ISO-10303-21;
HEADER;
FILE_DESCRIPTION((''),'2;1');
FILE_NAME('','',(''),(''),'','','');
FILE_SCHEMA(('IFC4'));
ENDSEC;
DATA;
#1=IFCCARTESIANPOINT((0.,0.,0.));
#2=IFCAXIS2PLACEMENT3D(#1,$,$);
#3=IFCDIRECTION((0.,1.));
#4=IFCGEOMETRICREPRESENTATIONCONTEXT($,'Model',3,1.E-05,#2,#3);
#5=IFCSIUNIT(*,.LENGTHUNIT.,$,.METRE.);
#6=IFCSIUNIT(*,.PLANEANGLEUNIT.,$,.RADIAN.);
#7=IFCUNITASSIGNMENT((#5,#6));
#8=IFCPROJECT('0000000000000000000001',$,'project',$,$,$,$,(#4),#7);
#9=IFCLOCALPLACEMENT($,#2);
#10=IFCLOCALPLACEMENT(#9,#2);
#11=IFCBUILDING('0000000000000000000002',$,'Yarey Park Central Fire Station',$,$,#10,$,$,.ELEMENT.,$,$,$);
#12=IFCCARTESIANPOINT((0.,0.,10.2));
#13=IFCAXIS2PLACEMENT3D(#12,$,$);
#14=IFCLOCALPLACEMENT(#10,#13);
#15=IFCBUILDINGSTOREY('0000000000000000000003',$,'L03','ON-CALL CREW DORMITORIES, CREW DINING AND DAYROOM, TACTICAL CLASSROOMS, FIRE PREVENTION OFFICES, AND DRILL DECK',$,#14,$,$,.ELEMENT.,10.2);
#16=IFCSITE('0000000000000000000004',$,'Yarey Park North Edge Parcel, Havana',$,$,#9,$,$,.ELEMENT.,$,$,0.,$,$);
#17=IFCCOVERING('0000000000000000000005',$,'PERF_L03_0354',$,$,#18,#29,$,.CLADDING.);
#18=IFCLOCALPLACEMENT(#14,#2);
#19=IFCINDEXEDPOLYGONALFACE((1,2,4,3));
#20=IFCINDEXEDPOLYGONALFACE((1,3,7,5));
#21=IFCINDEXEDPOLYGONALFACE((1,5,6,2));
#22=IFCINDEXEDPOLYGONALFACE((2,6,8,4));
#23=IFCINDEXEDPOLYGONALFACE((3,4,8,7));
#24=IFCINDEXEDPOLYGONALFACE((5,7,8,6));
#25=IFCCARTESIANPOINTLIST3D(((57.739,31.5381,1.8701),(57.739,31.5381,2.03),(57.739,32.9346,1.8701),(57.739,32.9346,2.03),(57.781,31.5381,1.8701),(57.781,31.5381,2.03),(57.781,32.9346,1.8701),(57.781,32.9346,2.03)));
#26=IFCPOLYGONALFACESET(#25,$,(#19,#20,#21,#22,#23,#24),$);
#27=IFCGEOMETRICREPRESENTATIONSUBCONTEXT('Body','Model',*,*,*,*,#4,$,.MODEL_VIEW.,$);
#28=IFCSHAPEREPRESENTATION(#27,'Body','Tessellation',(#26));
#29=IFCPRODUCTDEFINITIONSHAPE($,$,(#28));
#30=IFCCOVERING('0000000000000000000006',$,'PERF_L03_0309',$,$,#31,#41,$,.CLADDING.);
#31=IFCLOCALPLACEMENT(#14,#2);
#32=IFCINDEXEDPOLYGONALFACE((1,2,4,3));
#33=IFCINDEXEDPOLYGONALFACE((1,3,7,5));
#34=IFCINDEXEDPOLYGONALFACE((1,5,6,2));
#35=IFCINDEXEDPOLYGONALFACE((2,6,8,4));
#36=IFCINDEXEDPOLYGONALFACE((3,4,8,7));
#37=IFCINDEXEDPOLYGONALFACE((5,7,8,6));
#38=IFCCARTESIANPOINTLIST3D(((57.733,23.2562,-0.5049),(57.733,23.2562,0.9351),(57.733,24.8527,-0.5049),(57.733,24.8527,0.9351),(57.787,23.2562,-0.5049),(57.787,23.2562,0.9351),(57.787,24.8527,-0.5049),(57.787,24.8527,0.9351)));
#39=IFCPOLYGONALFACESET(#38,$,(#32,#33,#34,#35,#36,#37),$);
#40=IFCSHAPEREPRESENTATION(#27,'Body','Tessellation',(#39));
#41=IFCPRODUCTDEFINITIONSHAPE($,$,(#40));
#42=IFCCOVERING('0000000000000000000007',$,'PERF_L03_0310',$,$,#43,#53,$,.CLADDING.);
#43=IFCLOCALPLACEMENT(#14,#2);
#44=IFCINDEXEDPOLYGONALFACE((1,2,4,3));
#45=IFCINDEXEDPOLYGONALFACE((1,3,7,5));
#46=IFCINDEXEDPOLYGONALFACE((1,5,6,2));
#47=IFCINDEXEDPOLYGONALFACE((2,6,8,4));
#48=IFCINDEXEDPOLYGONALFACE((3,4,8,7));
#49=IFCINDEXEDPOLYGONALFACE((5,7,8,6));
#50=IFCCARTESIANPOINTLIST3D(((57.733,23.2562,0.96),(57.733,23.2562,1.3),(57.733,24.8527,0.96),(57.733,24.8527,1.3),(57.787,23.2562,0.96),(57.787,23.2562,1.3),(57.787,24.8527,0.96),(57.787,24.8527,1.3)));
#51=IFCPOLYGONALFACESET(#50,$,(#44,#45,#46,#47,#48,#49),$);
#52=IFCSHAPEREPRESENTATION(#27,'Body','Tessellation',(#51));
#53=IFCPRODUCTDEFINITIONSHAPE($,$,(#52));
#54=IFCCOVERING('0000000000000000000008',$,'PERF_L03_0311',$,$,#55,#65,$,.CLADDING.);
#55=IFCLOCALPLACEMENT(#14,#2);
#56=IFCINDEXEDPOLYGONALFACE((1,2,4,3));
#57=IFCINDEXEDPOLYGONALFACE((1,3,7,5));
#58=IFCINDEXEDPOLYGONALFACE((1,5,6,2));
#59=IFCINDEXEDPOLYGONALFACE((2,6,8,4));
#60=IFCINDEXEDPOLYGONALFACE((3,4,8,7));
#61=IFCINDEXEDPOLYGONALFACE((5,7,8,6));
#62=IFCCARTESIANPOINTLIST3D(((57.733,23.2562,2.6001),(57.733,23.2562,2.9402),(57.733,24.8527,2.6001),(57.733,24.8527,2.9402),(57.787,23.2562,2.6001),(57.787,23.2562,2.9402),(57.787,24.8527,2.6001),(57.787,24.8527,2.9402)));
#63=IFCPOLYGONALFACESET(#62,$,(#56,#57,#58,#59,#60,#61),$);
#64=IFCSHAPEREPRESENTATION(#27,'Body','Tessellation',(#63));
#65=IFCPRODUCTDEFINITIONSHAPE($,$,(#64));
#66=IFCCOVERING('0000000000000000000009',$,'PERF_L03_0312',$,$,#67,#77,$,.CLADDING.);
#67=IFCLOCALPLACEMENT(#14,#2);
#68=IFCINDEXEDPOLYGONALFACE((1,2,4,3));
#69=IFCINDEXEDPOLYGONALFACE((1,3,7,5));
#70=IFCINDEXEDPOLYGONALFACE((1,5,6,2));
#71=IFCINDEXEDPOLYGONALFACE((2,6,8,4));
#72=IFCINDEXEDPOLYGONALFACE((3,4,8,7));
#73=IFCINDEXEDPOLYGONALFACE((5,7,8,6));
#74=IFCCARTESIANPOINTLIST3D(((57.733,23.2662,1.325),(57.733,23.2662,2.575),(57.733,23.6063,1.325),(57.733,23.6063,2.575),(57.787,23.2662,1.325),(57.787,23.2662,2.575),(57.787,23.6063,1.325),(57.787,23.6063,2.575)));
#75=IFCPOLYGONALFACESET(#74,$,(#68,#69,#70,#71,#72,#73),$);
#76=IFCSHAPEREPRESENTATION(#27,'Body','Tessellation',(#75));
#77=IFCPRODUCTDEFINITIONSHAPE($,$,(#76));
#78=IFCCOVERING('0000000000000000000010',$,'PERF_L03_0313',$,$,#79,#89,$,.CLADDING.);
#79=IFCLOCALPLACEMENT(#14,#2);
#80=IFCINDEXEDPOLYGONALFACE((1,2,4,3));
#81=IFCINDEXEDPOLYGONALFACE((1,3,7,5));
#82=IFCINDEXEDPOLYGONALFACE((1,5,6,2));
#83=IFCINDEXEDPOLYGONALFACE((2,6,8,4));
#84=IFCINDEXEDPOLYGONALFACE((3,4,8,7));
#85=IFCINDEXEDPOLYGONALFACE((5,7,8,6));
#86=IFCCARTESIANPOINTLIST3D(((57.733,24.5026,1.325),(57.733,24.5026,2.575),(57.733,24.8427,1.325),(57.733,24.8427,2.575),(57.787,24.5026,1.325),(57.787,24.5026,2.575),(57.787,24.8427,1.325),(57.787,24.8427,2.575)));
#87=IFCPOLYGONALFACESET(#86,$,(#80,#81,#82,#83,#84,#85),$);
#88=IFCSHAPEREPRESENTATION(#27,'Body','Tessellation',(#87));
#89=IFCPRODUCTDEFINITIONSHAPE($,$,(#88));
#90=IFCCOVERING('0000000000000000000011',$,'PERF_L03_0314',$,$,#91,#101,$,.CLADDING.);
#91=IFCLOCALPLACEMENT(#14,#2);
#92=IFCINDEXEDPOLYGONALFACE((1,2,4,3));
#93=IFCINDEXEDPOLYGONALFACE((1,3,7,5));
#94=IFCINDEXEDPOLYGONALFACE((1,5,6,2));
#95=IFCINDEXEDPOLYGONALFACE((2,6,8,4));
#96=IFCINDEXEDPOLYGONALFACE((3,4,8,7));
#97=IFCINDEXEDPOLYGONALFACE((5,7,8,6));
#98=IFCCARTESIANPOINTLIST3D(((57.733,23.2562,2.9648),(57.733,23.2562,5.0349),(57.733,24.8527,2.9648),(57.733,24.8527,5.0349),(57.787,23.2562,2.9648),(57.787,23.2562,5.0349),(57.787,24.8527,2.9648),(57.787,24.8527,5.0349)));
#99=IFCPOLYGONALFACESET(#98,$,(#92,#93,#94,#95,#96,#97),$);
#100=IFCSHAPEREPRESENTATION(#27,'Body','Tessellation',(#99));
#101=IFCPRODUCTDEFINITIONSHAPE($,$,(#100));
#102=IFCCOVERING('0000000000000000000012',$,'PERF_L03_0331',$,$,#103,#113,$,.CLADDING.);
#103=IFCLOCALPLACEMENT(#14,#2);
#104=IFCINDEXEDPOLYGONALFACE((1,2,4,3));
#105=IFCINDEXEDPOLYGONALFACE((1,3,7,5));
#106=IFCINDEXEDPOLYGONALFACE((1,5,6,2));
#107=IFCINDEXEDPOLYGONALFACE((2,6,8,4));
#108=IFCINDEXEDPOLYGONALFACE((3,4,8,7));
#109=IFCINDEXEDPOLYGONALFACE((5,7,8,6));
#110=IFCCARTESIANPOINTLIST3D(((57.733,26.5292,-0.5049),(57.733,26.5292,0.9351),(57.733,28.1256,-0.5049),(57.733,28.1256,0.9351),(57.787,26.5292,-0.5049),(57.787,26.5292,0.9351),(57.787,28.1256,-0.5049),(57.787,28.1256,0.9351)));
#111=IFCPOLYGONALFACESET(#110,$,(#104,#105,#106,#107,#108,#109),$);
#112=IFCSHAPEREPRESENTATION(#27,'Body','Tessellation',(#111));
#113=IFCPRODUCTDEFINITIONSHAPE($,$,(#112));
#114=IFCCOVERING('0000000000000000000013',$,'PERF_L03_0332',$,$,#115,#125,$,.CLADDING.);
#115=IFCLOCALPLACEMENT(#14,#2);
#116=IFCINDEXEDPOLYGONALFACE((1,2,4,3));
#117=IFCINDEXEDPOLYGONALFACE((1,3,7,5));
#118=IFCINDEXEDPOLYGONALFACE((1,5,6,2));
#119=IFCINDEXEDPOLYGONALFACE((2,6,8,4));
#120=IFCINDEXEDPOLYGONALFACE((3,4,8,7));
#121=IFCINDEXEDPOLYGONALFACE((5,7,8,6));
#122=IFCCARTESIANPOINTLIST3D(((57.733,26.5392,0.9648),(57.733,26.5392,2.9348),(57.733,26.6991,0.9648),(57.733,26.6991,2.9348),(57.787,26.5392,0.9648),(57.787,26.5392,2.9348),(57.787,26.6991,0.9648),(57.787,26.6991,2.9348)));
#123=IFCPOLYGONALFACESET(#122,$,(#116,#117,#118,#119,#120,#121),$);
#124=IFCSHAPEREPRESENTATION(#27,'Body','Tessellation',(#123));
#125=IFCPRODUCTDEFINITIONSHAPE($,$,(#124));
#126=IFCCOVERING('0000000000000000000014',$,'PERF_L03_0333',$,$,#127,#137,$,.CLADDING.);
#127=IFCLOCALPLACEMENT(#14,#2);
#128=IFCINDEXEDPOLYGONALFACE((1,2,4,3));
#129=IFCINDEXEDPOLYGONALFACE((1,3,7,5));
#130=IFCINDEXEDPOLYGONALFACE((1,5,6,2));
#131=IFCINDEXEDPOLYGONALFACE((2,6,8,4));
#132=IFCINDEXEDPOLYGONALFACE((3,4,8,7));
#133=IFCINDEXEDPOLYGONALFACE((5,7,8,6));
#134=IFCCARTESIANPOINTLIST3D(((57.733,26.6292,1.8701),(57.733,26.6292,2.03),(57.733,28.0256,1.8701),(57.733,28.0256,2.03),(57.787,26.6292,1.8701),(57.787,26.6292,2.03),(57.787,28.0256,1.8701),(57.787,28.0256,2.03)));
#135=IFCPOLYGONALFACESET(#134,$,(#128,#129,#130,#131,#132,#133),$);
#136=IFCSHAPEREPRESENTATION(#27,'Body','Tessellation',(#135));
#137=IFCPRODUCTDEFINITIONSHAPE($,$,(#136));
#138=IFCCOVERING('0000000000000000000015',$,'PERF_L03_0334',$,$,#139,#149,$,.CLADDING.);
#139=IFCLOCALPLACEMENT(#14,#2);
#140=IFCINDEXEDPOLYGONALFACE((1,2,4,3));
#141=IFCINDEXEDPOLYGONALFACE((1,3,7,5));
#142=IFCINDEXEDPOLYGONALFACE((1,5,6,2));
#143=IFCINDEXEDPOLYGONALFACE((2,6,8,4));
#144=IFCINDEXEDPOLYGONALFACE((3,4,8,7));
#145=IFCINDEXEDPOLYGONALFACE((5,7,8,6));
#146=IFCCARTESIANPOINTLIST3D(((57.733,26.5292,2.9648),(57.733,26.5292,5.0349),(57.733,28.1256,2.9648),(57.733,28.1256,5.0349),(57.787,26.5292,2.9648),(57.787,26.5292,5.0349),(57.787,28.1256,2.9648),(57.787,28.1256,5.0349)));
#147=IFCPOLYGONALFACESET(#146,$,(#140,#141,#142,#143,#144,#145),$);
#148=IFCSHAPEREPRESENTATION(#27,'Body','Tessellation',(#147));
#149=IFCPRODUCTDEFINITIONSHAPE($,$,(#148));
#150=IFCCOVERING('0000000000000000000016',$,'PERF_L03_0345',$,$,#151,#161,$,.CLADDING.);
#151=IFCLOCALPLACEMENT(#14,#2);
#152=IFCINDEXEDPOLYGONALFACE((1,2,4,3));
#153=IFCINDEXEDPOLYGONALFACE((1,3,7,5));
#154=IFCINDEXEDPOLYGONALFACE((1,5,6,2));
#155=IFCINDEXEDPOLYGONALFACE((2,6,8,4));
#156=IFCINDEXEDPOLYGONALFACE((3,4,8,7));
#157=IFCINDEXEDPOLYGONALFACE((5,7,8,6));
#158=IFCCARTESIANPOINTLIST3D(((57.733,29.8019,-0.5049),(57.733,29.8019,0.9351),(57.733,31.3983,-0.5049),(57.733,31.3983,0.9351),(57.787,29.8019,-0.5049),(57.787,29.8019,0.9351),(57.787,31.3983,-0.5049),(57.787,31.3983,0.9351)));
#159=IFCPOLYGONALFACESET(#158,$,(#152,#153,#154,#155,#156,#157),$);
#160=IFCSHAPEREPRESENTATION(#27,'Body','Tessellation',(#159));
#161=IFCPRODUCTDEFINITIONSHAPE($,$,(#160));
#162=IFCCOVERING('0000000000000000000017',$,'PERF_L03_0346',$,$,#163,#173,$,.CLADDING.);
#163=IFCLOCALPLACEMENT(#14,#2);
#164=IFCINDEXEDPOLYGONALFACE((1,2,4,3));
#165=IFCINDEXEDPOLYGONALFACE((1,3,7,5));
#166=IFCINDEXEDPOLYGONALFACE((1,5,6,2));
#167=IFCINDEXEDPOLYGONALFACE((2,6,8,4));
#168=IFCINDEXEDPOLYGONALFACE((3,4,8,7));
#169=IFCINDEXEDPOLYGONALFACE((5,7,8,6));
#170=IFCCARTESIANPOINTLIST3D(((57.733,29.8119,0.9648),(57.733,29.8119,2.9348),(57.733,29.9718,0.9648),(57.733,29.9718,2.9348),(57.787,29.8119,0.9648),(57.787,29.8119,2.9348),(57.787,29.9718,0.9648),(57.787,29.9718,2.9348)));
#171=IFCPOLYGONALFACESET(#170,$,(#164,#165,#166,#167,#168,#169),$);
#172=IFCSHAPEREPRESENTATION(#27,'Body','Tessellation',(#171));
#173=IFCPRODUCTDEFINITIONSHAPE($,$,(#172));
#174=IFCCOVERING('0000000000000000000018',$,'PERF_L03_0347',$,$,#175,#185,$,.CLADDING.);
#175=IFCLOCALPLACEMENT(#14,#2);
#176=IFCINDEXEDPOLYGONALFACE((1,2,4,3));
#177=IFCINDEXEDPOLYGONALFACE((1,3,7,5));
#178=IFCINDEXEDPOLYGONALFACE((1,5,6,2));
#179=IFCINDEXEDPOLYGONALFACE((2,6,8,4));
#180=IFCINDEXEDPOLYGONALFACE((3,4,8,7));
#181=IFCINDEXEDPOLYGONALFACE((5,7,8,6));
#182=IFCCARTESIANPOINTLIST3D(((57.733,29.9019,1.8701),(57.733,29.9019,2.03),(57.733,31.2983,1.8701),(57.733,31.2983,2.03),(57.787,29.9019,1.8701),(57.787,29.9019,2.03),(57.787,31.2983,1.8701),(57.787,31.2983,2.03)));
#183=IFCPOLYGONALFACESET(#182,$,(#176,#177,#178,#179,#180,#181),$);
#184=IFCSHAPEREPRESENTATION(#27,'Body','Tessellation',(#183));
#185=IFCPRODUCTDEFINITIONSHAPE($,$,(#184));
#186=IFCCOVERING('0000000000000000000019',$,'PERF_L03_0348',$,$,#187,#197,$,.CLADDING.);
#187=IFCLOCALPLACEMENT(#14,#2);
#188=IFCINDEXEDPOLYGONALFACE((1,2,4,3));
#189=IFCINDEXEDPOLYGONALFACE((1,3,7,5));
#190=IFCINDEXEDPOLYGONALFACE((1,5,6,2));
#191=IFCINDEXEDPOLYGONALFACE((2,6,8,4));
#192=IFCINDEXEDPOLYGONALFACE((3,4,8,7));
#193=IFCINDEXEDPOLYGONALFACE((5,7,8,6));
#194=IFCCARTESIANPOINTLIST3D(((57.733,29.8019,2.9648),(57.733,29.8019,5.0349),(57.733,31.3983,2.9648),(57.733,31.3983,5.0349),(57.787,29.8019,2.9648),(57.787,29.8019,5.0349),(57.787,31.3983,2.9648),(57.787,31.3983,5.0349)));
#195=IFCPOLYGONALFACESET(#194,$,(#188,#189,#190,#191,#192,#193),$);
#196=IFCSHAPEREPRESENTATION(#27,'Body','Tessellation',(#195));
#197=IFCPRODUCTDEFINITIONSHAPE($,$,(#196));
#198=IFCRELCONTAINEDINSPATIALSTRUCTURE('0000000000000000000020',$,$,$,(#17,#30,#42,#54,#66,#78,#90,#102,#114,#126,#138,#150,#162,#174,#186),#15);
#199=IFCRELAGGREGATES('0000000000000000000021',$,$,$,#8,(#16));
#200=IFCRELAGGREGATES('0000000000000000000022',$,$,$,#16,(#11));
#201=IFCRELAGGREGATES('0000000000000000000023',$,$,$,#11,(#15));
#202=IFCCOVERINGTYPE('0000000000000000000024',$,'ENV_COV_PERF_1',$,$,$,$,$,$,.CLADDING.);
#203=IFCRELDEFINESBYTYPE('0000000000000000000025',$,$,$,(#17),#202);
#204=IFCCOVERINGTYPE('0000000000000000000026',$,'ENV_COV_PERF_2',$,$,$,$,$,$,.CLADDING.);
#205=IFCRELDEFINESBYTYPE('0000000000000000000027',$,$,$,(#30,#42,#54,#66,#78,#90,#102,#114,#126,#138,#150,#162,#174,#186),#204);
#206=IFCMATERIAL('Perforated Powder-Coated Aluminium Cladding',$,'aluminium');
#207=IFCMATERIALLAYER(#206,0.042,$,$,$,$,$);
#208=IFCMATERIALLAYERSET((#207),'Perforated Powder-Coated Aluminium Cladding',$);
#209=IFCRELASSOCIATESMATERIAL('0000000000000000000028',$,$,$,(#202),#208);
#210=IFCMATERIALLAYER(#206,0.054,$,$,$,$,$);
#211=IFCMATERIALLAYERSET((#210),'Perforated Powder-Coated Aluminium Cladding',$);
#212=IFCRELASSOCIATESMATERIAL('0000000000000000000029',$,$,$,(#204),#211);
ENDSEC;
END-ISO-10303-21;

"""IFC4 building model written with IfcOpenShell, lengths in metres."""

from ifc_helpers import new_model, si_unit, direction, frame, origin, origin_2d, place, context, subcontext, project, spatial, rectangle, extrude, material, layer, layer_set, type_object, element, save


model = new_model("IFC4")

# Units and contexts
model_context = context("Model", 3, precision=1e-05, world=origin(), true_north=direction((0.0, 1.0)))
body_context = subcontext(model_context, "Body", "Model", "MODEL_VIEW")
ifc_project = project(units=[si_unit("LENGTHUNIT", "METRE"), si_unit("PLANEANGLEUNIT", "RADIAN")], contexts=[model_context])

# Site, building, storey
site_placement = place(None, origin())
site = spatial("IfcSite", under=ifc_project, at=site_placement, Name="Yarey Park North Edge Parcel, Havana", CompositionType="ELEMENT", RefElevation=0.0)
building_placement = place(site_placement, origin())
building = spatial("IfcBuilding", under=site, at=building_placement, Name="Yarey Park Central Fire Station", CompositionType="ELEMENT")
storey_placement = place(building_placement, frame((0.0, 0.0, 10.2)))
storey = spatial("IfcBuildingStorey", under=building, at=storey_placement, Name="L03", Description="ON-CALL CREW DORMITORIES, CREW DINING AND DAYROOM, TACTICAL CLASSROOMS, FIRE PREVENTION OFFICES, AND DRILL DECK", CompositionType="ELEMENT", Elevation=10.2)

# Coverings
ifc_material = material(Name="Perforated Powder-Coated Aluminium Cladding", Category="aluminium")
ifc_layer_1 = layer(ifc_material, 0.042)
ifc_layer_set_1 = layer_set([ifc_layer_1], Name="Perforated Powder-Coated Aluminium Cladding")
covering_type_1 = type_object("IfcCoveringType", Name="ENV_COV_PERF_1", PredefinedType="CLADDING", material=ifc_layer_set_1)
covering_1_placement = place(storey_placement, frame((57.76, 32.2363, 1.8701), z_axis=(0.0, 0.0, 1.0), x_axis=(0.0, 1.0, 0.0)))
element("IfcCovering", 1, at=covering_1_placement, inside=storey, type_object=covering_type_1, Name="PERF_L03_0354", PredefinedType="CLADDING", context=body_context, shape_type="SweptSolid", body=[
    extrude(rectangle(XDim=1.3965, YDim=0.042, at=origin_2d()), origin(), (0.0, 0.0, 1.0), 0.1599),
])
ifc_layer_2 = layer(ifc_material, 0.054)
ifc_layer_set_2 = layer_set([ifc_layer_2], Name="Perforated Powder-Coated Aluminium Cladding")
covering_type_2 = type_object("IfcCoveringType", Name="ENV_COV_PERF_2", PredefinedType="CLADDING", material=ifc_layer_set_2)
covering_2_placement = place(storey_placement, frame((57.76, 24.0544, -0.5049), z_axis=(0.0, 0.0, 1.0), x_axis=(0.0, 1.0, 0.0)))
element("IfcCovering", 2, at=covering_2_placement, inside=storey, type_object=covering_type_2, Name="PERF_L03_0309", PredefinedType="CLADDING", context=body_context, shape_type="SweptSolid", body=[
    extrude(rectangle(XDim=1.5964, YDim=0.054, at=origin_2d()), origin(), (0.0, 0.0, 1.0), 1.4399),
])
for number, where, z_axis, x_axis, name in (
    (3, (57.76, 24.0544, 0.96), (0.0, 0.0, 1.0), (0.0, 1.0, 0.0), "PERF_L03_0310"),
    (4, (57.76, 24.0544, 2.6001), (0.0, 0.0, 1.0), (0.0, 1.0, 0.0), "PERF_L03_0311"),
):
    element("IfcCovering", number, at=place(storey_placement, frame(where, z_axis=z_axis, x_axis=x_axis)), inside=storey, type_object=covering_type_2, Name=name, PredefinedType="CLADDING", context=body_context, shape_type="SweptSolid", body=[
        extrude(rectangle(XDim=1.5964, YDim=0.054, at=origin_2d()), origin(), (0.0, 0.0, 1.0), 0.3401),
    ])
for number, where, z_axis, x_axis, name in (
    (5, (57.76, 23.4363, 1.325), (0.0, 0.0, 1.0), (0.0, 1.0, 0.0), "PERF_L03_0312"),
    (6, (57.76, 24.6726, 1.325), (0.0, 0.0, 1.0), (0.0, 1.0, 0.0), "PERF_L03_0313"),
):
    element("IfcCovering", number, at=place(storey_placement, frame(where, z_axis=z_axis, x_axis=x_axis)), inside=storey, type_object=covering_type_2, Name=name, PredefinedType="CLADDING", context=body_context, shape_type="SweptSolid", body=[
        extrude(rectangle(XDim=0.3401, YDim=0.054, at=origin_2d()), origin(), (0.0, 0.0, 1.0), 1.25),
    ])
covering_3_placement = place(storey_placement, frame((57.76, 24.0544, 2.9648), z_axis=(0.0, 0.0, 1.0), x_axis=(0.0, 1.0, 0.0)))
element("IfcCovering", 7, at=covering_3_placement, inside=storey, type_object=covering_type_2, Name="PERF_L03_0314", PredefinedType="CLADDING", context=body_context, shape_type="SweptSolid", body=[
    extrude(rectangle(XDim=1.5964, YDim=0.054, at=origin_2d()), origin(), (0.0, 0.0, 1.0), 2.0701),
])
covering_4_placement = place(storey_placement, frame((57.76, 27.3274, -0.5049), z_axis=(0.0, 0.0, 1.0), x_axis=(0.0, 1.0, 0.0)))
element("IfcCovering", 8, at=covering_4_placement, inside=storey, type_object=covering_type_2, Name="PERF_L03_0331", PredefinedType="CLADDING", context=body_context, shape_type="SweptSolid", body=[
    extrude(rectangle(XDim=1.5964, YDim=0.054, at=origin_2d()), origin(), (0.0, 0.0, 1.0), 1.4399),
])
covering_5_placement = place(storey_placement, frame((57.76, 26.6191, 0.9648), z_axis=(0.0, 0.0, 1.0), x_axis=(0.0, 1.0, 0.0)))
element("IfcCovering", 9, at=covering_5_placement, inside=storey, type_object=covering_type_2, Name="PERF_L03_0332", PredefinedType="CLADDING", context=body_context, shape_type="SweptSolid", body=[
    extrude(rectangle(XDim=0.1599, YDim=0.054, at=origin_2d()), origin(), (0.0, 0.0, 1.0), 1.97),
])
covering_6_placement = place(storey_placement, frame((57.76, 27.3274, 1.8701), z_axis=(0.0, 0.0, 1.0), x_axis=(0.0, 1.0, 0.0)))
element("IfcCovering", 10, at=covering_6_placement, inside=storey, type_object=covering_type_2, Name="PERF_L03_0333", PredefinedType="CLADDING", context=body_context, shape_type="SweptSolid", body=[
    extrude(rectangle(XDim=1.3965, YDim=0.054, at=origin_2d()), origin(), (0.0, 0.0, 1.0), 0.1599),
])
covering_7_placement = place(storey_placement, frame((57.76, 27.3274, 2.9648), z_axis=(0.0, 0.0, 1.0), x_axis=(0.0, 1.0, 0.0)))
element("IfcCovering", 11, at=covering_7_placement, inside=storey, type_object=covering_type_2, Name="PERF_L03_0334", PredefinedType="CLADDING", context=body_context, shape_type="SweptSolid", body=[
    extrude(rectangle(XDim=1.5964, YDim=0.054, at=origin_2d()), origin(), (0.0, 0.0, 1.0), 2.0701),
])
covering_8_placement = place(storey_placement, frame((57.76, 30.6001, -0.5049), z_axis=(0.0, 0.0, 1.0), x_axis=(0.0, 1.0, 0.0)))
element("IfcCovering", 12, at=covering_8_placement, inside=storey, type_object=covering_type_2, Name="PERF_L03_0345", PredefinedType="CLADDING", context=body_context, shape_type="SweptSolid", body=[
    extrude(rectangle(XDim=1.5964, YDim=0.054, at=origin_2d()), origin(), (0.0, 0.0, 1.0), 1.4399),
])
covering_9_placement = place(storey_placement, frame((57.76, 29.8918, 0.9648), z_axis=(0.0, 0.0, 1.0), x_axis=(0.0, 1.0, 0.0)))
element("IfcCovering", 13, at=covering_9_placement, inside=storey, type_object=covering_type_2, Name="PERF_L03_0346", PredefinedType="CLADDING", context=body_context, shape_type="SweptSolid", body=[
    extrude(rectangle(XDim=0.1599, YDim=0.054, at=origin_2d()), origin(), (0.0, 0.0, 1.0), 1.97),
])
covering_10_placement = place(storey_placement, frame((57.76, 30.6001, 1.8701), z_axis=(0.0, 0.0, 1.0), x_axis=(0.0, 1.0, 0.0)))
element("IfcCovering", 14, at=covering_10_placement, inside=storey, type_object=covering_type_2, Name="PERF_L03_0347", PredefinedType="CLADDING", context=body_context, shape_type="SweptSolid", body=[
    extrude(rectangle(XDim=1.3965, YDim=0.054, at=origin_2d()), origin(), (0.0, 0.0, 1.0), 0.1599),
])
covering_11_placement = place(storey_placement, frame((57.76, 30.6001, 2.9648), z_axis=(0.0, 0.0, 1.0), x_axis=(0.0, 1.0, 0.0)))
element("IfcCovering", 15, at=covering_11_placement, inside=storey, type_object=covering_type_2, Name="PERF_L03_0348", PredefinedType="CLADDING", context=body_context, shape_type="SweptSolid", body=[
    extrude(rectangle(XDim=1.5964, YDim=0.054, at=origin_2d()), origin(), (0.0, 0.0, 1.0), 2.0701),
])

save(model, "model.ifc")
